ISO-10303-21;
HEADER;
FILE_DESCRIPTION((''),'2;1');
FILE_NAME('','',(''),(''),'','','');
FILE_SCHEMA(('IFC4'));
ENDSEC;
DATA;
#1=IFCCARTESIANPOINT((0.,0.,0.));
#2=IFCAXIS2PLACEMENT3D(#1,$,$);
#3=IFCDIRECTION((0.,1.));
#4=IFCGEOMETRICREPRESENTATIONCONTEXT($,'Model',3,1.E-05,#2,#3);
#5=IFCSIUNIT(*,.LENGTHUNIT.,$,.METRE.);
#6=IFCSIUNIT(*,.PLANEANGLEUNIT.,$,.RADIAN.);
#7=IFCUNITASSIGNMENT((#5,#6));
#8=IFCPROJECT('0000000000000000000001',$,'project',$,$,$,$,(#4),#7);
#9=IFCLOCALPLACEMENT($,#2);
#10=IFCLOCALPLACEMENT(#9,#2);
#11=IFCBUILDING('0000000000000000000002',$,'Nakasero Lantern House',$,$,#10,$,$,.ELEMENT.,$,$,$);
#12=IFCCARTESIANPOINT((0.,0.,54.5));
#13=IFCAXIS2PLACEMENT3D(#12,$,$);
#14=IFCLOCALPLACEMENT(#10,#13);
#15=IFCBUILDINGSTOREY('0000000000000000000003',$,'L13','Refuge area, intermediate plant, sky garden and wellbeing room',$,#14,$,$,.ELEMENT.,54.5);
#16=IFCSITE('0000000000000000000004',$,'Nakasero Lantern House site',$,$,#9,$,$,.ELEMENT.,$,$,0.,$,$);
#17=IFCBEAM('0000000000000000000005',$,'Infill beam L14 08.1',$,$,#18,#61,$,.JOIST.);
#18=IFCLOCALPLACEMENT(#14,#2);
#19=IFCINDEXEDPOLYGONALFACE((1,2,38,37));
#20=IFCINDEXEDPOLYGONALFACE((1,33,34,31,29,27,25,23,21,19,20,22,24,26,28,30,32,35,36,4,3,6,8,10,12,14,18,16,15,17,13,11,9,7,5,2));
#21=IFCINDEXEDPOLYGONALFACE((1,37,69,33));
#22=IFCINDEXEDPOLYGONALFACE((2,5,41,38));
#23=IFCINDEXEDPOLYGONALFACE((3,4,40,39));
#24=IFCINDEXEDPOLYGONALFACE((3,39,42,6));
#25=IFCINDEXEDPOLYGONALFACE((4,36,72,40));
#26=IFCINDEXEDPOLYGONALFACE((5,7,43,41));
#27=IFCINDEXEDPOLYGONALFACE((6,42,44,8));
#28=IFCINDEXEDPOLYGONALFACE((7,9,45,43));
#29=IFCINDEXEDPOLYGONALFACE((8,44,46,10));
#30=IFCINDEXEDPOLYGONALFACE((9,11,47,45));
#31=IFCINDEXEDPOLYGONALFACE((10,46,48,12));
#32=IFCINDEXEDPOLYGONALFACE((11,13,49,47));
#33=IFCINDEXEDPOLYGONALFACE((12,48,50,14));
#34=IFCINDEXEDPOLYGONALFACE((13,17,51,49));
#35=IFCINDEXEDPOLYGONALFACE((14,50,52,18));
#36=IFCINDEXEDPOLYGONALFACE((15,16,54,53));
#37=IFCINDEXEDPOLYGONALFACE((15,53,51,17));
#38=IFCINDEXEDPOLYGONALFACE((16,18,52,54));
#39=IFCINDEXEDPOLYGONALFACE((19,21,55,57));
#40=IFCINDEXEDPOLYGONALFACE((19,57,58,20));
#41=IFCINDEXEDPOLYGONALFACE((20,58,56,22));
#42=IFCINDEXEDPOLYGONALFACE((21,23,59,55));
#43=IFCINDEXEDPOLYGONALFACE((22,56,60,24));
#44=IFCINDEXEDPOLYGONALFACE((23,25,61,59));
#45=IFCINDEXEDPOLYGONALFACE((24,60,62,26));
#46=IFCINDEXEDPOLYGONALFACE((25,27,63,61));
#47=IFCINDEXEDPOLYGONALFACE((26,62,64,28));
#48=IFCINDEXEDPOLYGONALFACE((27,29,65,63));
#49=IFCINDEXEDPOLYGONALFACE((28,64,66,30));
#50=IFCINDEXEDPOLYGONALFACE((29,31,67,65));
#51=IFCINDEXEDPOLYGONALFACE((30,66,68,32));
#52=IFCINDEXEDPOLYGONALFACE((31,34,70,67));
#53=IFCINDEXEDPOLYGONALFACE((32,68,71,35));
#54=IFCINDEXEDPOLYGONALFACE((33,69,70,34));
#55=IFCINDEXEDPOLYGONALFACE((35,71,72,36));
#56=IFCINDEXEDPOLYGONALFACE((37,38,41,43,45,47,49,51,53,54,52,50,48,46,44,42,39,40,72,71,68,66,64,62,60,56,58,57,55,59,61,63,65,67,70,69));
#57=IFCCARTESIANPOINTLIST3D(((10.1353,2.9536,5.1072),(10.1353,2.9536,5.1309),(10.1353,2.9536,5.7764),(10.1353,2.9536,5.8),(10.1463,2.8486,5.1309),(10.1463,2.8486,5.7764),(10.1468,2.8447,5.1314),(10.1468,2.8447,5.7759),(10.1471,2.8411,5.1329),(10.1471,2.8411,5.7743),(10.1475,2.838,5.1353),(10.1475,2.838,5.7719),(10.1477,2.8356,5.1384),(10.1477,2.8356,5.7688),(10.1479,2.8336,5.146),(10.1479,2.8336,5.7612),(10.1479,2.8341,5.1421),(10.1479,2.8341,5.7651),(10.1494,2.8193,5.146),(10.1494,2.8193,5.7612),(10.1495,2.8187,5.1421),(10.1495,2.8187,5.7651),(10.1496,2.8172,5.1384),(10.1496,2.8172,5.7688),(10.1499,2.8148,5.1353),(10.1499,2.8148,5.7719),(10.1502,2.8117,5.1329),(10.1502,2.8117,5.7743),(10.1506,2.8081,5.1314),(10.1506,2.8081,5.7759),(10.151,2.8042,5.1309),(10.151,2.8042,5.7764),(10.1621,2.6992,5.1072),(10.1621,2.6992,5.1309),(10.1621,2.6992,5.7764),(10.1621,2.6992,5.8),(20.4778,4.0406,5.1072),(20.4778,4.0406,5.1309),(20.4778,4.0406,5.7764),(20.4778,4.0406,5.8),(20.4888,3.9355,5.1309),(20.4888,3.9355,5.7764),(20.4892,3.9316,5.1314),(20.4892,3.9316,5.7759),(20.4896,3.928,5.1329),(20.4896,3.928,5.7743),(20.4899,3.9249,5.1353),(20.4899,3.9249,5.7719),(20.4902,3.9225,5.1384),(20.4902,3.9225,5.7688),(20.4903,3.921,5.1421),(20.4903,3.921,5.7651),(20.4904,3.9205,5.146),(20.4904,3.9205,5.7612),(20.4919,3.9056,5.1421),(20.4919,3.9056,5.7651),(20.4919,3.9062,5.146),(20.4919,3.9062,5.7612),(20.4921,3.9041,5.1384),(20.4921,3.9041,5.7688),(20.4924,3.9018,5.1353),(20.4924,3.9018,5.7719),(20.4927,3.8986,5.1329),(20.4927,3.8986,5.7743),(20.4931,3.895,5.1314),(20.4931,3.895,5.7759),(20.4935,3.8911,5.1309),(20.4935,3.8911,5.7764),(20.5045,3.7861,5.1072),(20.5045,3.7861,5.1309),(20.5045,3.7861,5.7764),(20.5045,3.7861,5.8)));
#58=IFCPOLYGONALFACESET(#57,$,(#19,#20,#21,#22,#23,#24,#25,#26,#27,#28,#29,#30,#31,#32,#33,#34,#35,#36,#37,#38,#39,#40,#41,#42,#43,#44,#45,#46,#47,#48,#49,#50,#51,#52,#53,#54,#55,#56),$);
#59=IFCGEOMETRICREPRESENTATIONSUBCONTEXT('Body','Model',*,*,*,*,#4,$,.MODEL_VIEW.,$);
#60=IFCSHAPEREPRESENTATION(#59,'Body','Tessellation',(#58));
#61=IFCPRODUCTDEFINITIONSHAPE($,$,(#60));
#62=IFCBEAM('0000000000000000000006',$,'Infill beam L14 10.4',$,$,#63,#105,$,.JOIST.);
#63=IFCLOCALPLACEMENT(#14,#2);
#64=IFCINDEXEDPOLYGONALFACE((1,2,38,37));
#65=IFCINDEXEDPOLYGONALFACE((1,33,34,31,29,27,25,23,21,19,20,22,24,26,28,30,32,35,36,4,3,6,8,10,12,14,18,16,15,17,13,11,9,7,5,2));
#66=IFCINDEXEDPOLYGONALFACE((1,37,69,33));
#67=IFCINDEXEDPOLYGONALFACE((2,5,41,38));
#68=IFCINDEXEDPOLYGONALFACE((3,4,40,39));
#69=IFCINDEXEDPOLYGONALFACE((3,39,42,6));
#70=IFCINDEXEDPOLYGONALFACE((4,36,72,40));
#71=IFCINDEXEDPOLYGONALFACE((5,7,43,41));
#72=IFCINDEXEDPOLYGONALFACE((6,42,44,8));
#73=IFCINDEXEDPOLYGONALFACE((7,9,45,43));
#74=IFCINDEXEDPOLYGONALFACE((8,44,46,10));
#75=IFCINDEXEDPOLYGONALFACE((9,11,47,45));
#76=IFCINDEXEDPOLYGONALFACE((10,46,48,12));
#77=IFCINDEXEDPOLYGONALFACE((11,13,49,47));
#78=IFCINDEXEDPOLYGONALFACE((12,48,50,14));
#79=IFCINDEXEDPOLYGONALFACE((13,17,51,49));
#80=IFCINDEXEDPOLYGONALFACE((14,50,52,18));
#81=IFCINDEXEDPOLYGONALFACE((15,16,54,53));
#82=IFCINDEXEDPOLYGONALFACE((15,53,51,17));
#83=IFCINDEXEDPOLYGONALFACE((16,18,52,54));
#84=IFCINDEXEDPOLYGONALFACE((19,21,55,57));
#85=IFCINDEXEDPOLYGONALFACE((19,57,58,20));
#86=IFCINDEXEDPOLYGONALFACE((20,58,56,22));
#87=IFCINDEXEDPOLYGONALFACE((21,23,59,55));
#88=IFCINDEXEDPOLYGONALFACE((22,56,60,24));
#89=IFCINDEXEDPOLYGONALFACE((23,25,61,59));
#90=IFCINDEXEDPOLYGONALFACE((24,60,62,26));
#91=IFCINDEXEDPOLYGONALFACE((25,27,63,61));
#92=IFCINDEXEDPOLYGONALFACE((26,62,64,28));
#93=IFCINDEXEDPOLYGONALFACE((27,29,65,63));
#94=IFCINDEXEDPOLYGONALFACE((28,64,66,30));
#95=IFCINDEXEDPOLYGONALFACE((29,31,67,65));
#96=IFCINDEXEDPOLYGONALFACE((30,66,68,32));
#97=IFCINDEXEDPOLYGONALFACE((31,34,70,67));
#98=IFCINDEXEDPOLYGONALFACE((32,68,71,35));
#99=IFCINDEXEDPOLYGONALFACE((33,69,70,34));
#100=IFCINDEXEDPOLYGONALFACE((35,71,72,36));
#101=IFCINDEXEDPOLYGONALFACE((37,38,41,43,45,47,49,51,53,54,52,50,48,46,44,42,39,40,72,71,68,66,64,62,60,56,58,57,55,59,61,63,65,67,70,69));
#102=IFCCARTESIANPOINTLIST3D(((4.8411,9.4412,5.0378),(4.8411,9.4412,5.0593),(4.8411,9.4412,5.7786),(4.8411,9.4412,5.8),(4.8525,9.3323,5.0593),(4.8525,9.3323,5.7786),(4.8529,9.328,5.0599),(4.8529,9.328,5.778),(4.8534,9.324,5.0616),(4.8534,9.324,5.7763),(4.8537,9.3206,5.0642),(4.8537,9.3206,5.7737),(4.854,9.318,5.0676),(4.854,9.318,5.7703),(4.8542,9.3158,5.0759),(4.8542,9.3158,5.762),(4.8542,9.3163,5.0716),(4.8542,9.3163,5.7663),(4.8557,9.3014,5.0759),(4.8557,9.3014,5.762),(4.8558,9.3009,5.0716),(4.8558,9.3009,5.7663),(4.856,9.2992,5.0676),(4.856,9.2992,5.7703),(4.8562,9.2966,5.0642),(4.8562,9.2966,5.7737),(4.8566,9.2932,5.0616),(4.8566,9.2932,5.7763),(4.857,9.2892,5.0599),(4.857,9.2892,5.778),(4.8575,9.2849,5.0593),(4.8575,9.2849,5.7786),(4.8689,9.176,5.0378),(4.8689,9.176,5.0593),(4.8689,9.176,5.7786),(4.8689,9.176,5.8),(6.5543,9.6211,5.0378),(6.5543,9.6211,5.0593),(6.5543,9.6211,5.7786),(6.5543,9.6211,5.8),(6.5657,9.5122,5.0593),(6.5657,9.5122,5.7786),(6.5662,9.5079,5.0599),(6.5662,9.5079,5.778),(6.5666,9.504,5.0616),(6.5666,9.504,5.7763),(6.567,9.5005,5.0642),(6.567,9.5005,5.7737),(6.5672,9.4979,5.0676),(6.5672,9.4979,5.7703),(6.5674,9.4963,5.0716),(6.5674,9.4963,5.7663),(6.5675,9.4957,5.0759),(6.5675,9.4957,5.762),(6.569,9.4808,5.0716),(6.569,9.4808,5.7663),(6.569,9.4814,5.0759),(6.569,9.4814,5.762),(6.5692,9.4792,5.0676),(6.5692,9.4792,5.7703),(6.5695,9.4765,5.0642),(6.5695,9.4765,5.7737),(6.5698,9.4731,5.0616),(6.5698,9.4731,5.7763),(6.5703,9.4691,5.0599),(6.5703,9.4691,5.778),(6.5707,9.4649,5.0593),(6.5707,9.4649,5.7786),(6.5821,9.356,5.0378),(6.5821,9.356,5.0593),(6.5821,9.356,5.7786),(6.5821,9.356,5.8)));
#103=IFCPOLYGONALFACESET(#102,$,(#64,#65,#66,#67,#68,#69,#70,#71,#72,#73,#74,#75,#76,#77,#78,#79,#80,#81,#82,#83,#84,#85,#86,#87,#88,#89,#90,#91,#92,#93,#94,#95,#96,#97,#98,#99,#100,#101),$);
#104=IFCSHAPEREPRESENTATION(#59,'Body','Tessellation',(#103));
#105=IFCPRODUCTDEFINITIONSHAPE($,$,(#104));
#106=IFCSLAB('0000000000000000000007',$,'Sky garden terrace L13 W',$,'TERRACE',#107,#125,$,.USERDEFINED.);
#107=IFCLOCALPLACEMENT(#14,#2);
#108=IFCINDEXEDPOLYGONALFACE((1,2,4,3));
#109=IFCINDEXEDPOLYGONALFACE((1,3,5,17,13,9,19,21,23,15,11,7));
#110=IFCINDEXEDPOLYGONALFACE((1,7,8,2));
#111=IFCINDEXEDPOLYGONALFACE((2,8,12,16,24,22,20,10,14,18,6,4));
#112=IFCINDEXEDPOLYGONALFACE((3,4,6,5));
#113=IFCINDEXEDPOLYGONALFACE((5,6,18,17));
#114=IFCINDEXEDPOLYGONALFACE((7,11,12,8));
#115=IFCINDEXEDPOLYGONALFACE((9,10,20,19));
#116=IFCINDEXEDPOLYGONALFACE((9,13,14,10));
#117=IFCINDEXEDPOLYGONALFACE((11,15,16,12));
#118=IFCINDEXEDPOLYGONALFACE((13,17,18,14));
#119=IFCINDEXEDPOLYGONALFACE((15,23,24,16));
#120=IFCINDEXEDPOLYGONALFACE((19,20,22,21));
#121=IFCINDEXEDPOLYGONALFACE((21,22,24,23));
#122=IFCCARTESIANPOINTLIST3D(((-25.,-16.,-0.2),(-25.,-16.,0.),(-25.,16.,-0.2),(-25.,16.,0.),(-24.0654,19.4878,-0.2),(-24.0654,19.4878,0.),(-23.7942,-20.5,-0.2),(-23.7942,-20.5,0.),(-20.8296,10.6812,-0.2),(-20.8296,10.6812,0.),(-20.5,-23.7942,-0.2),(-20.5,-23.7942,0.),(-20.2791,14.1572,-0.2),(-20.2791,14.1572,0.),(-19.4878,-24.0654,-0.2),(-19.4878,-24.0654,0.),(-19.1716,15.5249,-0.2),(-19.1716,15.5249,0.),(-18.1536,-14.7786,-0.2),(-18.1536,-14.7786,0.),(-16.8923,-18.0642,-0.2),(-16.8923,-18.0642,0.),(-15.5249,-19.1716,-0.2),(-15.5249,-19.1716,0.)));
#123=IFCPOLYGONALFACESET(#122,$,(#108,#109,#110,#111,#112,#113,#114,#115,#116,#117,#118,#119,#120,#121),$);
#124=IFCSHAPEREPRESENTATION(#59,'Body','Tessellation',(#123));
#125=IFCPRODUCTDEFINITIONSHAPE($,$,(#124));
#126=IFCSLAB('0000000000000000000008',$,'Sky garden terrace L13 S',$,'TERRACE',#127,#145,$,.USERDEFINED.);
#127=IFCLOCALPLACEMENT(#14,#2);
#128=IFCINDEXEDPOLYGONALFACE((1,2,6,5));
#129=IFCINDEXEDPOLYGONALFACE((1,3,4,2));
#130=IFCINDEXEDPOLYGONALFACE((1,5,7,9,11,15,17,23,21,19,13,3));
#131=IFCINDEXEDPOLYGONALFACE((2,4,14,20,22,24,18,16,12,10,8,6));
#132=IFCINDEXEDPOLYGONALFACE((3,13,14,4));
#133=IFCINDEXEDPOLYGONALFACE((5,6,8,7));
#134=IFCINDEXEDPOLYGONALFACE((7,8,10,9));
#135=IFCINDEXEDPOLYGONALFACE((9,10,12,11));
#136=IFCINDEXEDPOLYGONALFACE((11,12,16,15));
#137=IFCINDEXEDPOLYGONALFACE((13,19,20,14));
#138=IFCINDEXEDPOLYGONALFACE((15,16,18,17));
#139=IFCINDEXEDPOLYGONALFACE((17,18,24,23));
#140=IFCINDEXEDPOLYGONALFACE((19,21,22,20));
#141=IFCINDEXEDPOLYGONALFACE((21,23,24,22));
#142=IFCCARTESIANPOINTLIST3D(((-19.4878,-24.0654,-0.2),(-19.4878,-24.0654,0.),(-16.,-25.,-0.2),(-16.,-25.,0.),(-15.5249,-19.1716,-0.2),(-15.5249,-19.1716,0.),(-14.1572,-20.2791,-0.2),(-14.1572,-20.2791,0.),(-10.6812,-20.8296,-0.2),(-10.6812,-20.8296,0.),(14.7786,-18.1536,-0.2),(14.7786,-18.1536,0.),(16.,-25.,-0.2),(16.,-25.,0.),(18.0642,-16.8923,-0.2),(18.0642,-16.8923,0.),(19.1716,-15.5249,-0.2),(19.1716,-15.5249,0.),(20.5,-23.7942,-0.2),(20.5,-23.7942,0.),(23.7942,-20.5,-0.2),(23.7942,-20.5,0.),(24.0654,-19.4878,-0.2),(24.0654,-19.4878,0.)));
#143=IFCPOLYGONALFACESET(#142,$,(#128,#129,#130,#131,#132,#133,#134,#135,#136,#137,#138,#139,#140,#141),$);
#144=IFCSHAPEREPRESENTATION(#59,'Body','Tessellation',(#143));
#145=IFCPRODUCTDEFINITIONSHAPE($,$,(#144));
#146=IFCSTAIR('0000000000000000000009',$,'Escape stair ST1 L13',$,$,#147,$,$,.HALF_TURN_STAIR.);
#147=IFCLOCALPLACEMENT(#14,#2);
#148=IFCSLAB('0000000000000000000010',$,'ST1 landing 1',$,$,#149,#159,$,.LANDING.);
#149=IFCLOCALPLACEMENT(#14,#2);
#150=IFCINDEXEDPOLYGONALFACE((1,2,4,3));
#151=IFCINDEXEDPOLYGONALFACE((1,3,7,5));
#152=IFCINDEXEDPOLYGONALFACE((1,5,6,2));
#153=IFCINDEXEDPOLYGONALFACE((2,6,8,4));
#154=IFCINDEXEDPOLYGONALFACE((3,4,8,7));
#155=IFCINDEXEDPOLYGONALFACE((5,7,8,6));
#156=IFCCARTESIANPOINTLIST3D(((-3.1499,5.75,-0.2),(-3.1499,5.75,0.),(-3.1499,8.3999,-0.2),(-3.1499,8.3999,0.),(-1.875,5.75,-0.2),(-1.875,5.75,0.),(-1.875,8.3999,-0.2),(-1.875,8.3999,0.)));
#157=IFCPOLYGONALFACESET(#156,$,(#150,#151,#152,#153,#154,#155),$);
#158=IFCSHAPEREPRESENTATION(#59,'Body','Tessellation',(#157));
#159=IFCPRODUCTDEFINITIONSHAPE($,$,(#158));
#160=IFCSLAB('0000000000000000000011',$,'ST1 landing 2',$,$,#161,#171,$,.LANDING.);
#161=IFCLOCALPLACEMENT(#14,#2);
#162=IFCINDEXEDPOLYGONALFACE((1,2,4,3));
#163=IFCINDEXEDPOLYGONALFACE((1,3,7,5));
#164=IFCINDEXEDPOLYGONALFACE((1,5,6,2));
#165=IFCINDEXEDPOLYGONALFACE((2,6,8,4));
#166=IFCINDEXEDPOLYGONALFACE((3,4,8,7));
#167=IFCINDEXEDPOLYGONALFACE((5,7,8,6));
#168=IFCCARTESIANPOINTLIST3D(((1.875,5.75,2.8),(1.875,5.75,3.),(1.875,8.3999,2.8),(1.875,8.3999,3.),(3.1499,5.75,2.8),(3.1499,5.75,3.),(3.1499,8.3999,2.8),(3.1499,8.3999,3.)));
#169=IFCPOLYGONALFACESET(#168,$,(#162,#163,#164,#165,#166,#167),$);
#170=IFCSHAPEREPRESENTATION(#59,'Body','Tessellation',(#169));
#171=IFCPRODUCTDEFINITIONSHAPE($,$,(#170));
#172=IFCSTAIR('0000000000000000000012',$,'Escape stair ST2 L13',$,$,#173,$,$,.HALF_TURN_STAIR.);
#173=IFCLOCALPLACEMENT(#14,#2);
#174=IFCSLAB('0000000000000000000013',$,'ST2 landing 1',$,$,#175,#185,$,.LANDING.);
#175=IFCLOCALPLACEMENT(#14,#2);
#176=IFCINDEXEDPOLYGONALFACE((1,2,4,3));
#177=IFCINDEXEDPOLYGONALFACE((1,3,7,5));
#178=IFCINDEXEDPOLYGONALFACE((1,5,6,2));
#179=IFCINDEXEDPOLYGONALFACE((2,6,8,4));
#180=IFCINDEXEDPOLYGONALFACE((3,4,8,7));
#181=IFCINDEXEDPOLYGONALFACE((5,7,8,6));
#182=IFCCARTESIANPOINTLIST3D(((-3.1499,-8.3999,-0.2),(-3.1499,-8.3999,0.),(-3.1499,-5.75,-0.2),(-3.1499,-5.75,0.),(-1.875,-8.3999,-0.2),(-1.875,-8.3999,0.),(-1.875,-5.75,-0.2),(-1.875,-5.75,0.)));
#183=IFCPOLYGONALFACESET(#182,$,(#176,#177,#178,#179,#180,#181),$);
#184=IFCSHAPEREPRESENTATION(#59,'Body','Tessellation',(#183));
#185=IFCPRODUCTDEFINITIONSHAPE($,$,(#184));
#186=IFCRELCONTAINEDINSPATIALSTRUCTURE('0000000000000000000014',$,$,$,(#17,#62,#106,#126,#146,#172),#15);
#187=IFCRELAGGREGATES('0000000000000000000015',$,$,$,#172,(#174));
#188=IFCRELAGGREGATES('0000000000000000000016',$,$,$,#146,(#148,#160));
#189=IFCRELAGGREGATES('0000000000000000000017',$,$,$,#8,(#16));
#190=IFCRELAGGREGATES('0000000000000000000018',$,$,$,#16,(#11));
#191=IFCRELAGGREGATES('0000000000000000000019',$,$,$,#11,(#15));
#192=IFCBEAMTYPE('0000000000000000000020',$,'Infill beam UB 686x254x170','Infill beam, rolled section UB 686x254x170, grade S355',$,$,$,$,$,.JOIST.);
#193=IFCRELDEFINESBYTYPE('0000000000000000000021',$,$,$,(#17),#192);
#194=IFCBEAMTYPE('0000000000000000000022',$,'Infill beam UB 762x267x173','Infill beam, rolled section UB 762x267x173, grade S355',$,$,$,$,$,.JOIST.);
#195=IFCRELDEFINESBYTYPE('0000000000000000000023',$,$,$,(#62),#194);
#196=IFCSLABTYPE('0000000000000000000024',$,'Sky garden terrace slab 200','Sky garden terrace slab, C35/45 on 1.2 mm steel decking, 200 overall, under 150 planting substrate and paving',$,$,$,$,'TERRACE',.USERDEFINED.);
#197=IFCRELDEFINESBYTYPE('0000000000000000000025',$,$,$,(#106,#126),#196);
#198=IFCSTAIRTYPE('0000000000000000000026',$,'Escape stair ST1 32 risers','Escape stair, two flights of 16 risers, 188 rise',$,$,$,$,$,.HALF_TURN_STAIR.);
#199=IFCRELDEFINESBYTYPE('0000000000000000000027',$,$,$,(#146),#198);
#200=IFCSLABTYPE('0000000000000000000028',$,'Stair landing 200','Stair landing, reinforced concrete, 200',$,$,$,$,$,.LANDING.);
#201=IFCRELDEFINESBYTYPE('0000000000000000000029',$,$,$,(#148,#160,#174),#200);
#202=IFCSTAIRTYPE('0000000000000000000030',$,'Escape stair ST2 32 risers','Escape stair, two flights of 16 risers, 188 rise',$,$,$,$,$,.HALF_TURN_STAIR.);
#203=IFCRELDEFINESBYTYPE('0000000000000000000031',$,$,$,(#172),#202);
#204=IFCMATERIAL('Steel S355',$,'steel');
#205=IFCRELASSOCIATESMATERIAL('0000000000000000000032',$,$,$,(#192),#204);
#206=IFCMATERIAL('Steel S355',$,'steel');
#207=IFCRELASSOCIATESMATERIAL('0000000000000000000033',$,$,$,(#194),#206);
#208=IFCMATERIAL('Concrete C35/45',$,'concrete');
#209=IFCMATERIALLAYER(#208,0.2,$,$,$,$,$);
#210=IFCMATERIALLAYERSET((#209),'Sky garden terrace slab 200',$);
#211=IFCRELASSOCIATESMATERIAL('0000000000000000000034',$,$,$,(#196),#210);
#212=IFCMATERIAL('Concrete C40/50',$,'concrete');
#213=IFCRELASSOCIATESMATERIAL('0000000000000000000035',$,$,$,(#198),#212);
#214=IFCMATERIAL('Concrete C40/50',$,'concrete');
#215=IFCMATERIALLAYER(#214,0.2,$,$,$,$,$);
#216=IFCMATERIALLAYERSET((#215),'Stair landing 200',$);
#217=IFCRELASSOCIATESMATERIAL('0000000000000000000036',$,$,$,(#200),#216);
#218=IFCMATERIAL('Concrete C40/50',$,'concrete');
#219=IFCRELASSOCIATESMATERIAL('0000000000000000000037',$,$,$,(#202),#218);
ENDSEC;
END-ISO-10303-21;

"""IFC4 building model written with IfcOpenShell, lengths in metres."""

from ifc_helpers import new_model, si_unit, direction, frame, origin, origin_2d, place, context, subcontext, project, spatial, polyline, i_section, outline, extrude, material, layer, layer_set, material_profile, profile_set, type_object, element, aggregate, save


model = new_model("IFC4")

# Units and contexts
model_context = context("Model", 3, precision=1e-05, world=origin(), true_north=direction((0.0, 1.0)))
body_context = subcontext(model_context, "Body", "Model", "MODEL_VIEW")
ifc_project = project(units=[si_unit("LENGTHUNIT", "METRE"), si_unit("PLANEANGLEUNIT", "RADIAN")], contexts=[model_context])

# Site, building, storey
site_placement = place(None, origin())
site = spatial("IfcSite", under=ifc_project, at=site_placement, Name="Nakasero Lantern House site", CompositionType="ELEMENT", RefElevation=0.0)
building_placement = place(site_placement, origin())
building = spatial("IfcBuilding", under=site, at=building_placement, Name="Nakasero Lantern House", CompositionType="ELEMENT")
storey_placement = place(building_placement, frame((0.0, 0.0, 54.5)))
storey = spatial("IfcBuildingStorey", under=building, at=storey_placement, Name="L13", Description="Refuge area, intermediate plant, sky garden and wellbeing room", CompositionType="ELEMENT", Elevation=54.5)

# Beams
ifc_material_1 = material(Name="Steel S355", Category="steel")
ifc_material_profile_1 = material_profile(ifc_material_1, i_section(OverallWidth=0.2559, OverallDepth=0.6929, WebThickness=0.0144, FlangeThickness=0.0237, FilletRadius=0.0151, at=origin_2d()), Name="UB 686x254x170")
ifc_profile_set_1 = profile_set([ifc_material_profile_1], Name="Steel S355")
beam_type_1 = type_object("IfcBeamType", Name="Infill beam UB 686x254x170", Description="Infill beam, rolled section UB 686x254x170, grade S355", PredefinedType="JOIST", material=ifc_profile_set_1)
beam_1_placement = place(storey_placement, frame((10.1487, 2.8264, 5.4536), z_axis=(0.994523, 0.104516, 0.0), x_axis=(-0.104516, 0.994523, 0.0)))
element("IfcBeam", 1, at=beam_1_placement, inside=storey, type_object=beam_type_1, Name="Infill beam L14 08.1", PredefinedType="JOIST", context=body_context, shape_type="SweptSolid", body=[
    extrude(i_section(OverallWidth=0.2559, OverallDepth=0.6929, WebThickness=0.0144, FlangeThickness=0.0237, FilletRadius=0.0151, at=origin_2d()), origin(), (0.0, 0.0, 1.0), 10.3994),
])
ifc_material_2 = material(Name="Steel S355", Category="steel")
ifc_material_profile_2 = material_profile(ifc_material_2, i_section(OverallWidth=0.2666, OverallDepth=0.7622, WebThickness=0.0144, FlangeThickness=0.0215, FilletRadius=0.0166, at=origin_2d()), Name="UB 762x267x173")
ifc_profile_set_2 = profile_set([ifc_material_profile_2], Name="Steel S355")
beam_type_2 = type_object("IfcBeamType", Name="Infill beam UB 762x267x173", Description="Infill beam, rolled section UB 762x267x173, grade S355", PredefinedType="JOIST", material=ifc_profile_set_2)
beam_2_placement = place(storey_placement, frame((4.855, 9.3086, 5.4189), z_axis=(0.99453, 0.104456, 0.0), x_axis=(-0.104456, 0.99453, 0.0)))
element("IfcBeam", 2, at=beam_2_placement, inside=storey, type_object=beam_type_2, Name="Infill beam L14 10.4", PredefinedType="JOIST", context=body_context, shape_type="SweptSolid", body=[
    extrude(i_section(OverallWidth=0.2666, OverallDepth=0.7622, WebThickness=0.0144, FlangeThickness=0.0215, FilletRadius=0.0166, at=origin_2d()), origin(), (0.0, 0.0, 1.0), 1.7227),
])

# Slabs
ifc_material_3 = material(Name="Concrete C35/45", Category="concrete")
ifc_layer_1 = layer(ifc_material_3, 0.2)
ifc_layer_set_1 = layer_set([ifc_layer_1], Name="Sky garden terrace slab 200")
slab_type_1 = type_object("IfcSlabType", Name="Sky garden terrace slab 200", Description="Sky garden terrace slab, C35/45 on 1.2 mm steel decking, 200 overall, under 150 planting substrate and paving", ElementType="TERRACE", PredefinedType="USERDEFINED", material=ifc_layer_set_1)
slab_1_placement = place(storey_placement, frame((0.0, 0.0, -0.2)))
element("IfcSlab", 3, at=slab_1_placement, inside=storey, type_object=slab_type_1, Name="Sky garden terrace L13 W", ObjectType="TERRACE", PredefinedType="USERDEFINED", context=body_context, shape_type="SweptSolid", body=[
    extrude(outline(polyline([(-20.5, -23.7942), (-19.4878, -24.0654), (-15.5249, -19.1716), (-16.8923, -18.0642), (-18.1536, -14.7786), (-20.8296, 10.6812), (-20.2791, 14.1572), (-19.1716, 15.5249), (-24.0654, 19.4878), (-25.0, 16.0), (-25.0, -16.0), (-23.7942, -20.5), (-20.5, -23.7942)])), origin(), (0.0, 0.0, 1.0), 0.2),
])
slab_2_placement = place(storey_placement, frame((0.0, 0.0, -0.2)))
element("IfcSlab", 4, at=slab_2_placement, inside=storey, type_object=slab_type_1, Name="Sky garden terrace L13 S", ObjectType="TERRACE", PredefinedType="USERDEFINED", context=body_context, shape_type="SweptSolid", body=[
    extrude(outline(polyline([(23.7942, -20.5), (24.0654, -19.4878), (19.1716, -15.5249), (18.0642, -16.8923), (14.7786, -18.1536), (-10.6812, -20.8296), (-14.1572, -20.2791), (-15.5249, -19.1716), (-19.4878, -24.0654), (-16.0, -25.0), (16.0, -25.0), (20.5, -23.7942), (23.7942, -20.5)])), origin(), (0.0, 0.0, 1.0), 0.2),
])

# Stairs, slabs
ifc_material_4 = material(Name="Concrete C40/50", Category="concrete")
stair_type_1 = type_object("IfcStairType", Name="Escape stair ST1 32 risers", Description="Escape stair, two flights of 16 risers, 188 rise", PredefinedType="HALF_TURN_STAIR", material=ifc_material_4)
stair_1_placement = place(storey_placement, origin())
stair_1 = element("IfcStair", 5, at=stair_1_placement, inside=storey, type_object=stair_type_1, Name="Escape stair ST1 L13", PredefinedType="HALF_TURN_STAIR")
ifc_material_5 = material(Name="Concrete C40/50", Category="concrete")
ifc_layer_2 = layer(ifc_material_5, 0.2)
ifc_layer_set_2 = layer_set([ifc_layer_2], Name="Stair landing 200")
slab_type_2 = type_object("IfcSlabType", Name="Stair landing 200", Description="Stair landing, reinforced concrete, 200", PredefinedType="LANDING", material=ifc_layer_set_2)
slab_3_placement = place(storey_placement, frame((0.0, 0.0, -0.2)))
slab_3 = element("IfcSlab", 6, at=slab_3_placement, type_object=slab_type_2, Name="ST1 landing 1", PredefinedType="LANDING", context=body_context, shape_type="SweptSolid", body=[
    extrude(outline(polyline([(-3.1499, 5.75), (-1.875, 5.75), (-1.875, 8.3999), (-3.1499, 8.3999), (-3.1499, 5.75)])), origin(), (0.0, 0.0, 1.0), 0.2),
])
slab_4_placement = place(storey_placement, frame((0.0, 0.0, 2.8)))
slab_4 = element("IfcSlab", 7, at=slab_4_placement, type_object=slab_type_2, Name="ST1 landing 2", PredefinedType="LANDING", context=body_context, shape_type="SweptSolid", body=[
    extrude(outline(polyline([(1.875, 5.75), (3.1499, 5.75), (3.1499, 8.3999), (1.875, 8.3999), (1.875, 5.75)])), origin(), (0.0, 0.0, 1.0), 0.2),
])
ifc_material_6 = material(Name="Concrete C40/50", Category="concrete")
stair_type_2 = type_object("IfcStairType", Name="Escape stair ST2 32 risers", Description="Escape stair, two flights of 16 risers, 188 rise", PredefinedType="HALF_TURN_STAIR", material=ifc_material_6)
stair_2_placement = place(storey_placement, origin())
stair_2 = element("IfcStair", 8, at=stair_2_placement, inside=storey, type_object=stair_type_2, Name="Escape stair ST2 L13", PredefinedType="HALF_TURN_STAIR")
slab_5_placement = place(storey_placement, frame((0.0, 0.0, -0.2)))
slab_5 = element("IfcSlab", 9, at=slab_5_placement, type_object=slab_type_2, Name="ST2 landing 1", PredefinedType="LANDING", context=body_context, shape_type="SweptSolid", body=[
    extrude(outline(polyline([(-3.1499, -8.3999), (-1.875, -8.3999), (-1.875, -5.75), (-3.1499, -5.75), (-3.1499, -8.3999)])), origin(), (0.0, 0.0, 1.0), 0.2),
])
aggregate(stair_2, [slab_5])

aggregate(stair_1, [slab_3, slab_4])

save(model, "model.ifc")
